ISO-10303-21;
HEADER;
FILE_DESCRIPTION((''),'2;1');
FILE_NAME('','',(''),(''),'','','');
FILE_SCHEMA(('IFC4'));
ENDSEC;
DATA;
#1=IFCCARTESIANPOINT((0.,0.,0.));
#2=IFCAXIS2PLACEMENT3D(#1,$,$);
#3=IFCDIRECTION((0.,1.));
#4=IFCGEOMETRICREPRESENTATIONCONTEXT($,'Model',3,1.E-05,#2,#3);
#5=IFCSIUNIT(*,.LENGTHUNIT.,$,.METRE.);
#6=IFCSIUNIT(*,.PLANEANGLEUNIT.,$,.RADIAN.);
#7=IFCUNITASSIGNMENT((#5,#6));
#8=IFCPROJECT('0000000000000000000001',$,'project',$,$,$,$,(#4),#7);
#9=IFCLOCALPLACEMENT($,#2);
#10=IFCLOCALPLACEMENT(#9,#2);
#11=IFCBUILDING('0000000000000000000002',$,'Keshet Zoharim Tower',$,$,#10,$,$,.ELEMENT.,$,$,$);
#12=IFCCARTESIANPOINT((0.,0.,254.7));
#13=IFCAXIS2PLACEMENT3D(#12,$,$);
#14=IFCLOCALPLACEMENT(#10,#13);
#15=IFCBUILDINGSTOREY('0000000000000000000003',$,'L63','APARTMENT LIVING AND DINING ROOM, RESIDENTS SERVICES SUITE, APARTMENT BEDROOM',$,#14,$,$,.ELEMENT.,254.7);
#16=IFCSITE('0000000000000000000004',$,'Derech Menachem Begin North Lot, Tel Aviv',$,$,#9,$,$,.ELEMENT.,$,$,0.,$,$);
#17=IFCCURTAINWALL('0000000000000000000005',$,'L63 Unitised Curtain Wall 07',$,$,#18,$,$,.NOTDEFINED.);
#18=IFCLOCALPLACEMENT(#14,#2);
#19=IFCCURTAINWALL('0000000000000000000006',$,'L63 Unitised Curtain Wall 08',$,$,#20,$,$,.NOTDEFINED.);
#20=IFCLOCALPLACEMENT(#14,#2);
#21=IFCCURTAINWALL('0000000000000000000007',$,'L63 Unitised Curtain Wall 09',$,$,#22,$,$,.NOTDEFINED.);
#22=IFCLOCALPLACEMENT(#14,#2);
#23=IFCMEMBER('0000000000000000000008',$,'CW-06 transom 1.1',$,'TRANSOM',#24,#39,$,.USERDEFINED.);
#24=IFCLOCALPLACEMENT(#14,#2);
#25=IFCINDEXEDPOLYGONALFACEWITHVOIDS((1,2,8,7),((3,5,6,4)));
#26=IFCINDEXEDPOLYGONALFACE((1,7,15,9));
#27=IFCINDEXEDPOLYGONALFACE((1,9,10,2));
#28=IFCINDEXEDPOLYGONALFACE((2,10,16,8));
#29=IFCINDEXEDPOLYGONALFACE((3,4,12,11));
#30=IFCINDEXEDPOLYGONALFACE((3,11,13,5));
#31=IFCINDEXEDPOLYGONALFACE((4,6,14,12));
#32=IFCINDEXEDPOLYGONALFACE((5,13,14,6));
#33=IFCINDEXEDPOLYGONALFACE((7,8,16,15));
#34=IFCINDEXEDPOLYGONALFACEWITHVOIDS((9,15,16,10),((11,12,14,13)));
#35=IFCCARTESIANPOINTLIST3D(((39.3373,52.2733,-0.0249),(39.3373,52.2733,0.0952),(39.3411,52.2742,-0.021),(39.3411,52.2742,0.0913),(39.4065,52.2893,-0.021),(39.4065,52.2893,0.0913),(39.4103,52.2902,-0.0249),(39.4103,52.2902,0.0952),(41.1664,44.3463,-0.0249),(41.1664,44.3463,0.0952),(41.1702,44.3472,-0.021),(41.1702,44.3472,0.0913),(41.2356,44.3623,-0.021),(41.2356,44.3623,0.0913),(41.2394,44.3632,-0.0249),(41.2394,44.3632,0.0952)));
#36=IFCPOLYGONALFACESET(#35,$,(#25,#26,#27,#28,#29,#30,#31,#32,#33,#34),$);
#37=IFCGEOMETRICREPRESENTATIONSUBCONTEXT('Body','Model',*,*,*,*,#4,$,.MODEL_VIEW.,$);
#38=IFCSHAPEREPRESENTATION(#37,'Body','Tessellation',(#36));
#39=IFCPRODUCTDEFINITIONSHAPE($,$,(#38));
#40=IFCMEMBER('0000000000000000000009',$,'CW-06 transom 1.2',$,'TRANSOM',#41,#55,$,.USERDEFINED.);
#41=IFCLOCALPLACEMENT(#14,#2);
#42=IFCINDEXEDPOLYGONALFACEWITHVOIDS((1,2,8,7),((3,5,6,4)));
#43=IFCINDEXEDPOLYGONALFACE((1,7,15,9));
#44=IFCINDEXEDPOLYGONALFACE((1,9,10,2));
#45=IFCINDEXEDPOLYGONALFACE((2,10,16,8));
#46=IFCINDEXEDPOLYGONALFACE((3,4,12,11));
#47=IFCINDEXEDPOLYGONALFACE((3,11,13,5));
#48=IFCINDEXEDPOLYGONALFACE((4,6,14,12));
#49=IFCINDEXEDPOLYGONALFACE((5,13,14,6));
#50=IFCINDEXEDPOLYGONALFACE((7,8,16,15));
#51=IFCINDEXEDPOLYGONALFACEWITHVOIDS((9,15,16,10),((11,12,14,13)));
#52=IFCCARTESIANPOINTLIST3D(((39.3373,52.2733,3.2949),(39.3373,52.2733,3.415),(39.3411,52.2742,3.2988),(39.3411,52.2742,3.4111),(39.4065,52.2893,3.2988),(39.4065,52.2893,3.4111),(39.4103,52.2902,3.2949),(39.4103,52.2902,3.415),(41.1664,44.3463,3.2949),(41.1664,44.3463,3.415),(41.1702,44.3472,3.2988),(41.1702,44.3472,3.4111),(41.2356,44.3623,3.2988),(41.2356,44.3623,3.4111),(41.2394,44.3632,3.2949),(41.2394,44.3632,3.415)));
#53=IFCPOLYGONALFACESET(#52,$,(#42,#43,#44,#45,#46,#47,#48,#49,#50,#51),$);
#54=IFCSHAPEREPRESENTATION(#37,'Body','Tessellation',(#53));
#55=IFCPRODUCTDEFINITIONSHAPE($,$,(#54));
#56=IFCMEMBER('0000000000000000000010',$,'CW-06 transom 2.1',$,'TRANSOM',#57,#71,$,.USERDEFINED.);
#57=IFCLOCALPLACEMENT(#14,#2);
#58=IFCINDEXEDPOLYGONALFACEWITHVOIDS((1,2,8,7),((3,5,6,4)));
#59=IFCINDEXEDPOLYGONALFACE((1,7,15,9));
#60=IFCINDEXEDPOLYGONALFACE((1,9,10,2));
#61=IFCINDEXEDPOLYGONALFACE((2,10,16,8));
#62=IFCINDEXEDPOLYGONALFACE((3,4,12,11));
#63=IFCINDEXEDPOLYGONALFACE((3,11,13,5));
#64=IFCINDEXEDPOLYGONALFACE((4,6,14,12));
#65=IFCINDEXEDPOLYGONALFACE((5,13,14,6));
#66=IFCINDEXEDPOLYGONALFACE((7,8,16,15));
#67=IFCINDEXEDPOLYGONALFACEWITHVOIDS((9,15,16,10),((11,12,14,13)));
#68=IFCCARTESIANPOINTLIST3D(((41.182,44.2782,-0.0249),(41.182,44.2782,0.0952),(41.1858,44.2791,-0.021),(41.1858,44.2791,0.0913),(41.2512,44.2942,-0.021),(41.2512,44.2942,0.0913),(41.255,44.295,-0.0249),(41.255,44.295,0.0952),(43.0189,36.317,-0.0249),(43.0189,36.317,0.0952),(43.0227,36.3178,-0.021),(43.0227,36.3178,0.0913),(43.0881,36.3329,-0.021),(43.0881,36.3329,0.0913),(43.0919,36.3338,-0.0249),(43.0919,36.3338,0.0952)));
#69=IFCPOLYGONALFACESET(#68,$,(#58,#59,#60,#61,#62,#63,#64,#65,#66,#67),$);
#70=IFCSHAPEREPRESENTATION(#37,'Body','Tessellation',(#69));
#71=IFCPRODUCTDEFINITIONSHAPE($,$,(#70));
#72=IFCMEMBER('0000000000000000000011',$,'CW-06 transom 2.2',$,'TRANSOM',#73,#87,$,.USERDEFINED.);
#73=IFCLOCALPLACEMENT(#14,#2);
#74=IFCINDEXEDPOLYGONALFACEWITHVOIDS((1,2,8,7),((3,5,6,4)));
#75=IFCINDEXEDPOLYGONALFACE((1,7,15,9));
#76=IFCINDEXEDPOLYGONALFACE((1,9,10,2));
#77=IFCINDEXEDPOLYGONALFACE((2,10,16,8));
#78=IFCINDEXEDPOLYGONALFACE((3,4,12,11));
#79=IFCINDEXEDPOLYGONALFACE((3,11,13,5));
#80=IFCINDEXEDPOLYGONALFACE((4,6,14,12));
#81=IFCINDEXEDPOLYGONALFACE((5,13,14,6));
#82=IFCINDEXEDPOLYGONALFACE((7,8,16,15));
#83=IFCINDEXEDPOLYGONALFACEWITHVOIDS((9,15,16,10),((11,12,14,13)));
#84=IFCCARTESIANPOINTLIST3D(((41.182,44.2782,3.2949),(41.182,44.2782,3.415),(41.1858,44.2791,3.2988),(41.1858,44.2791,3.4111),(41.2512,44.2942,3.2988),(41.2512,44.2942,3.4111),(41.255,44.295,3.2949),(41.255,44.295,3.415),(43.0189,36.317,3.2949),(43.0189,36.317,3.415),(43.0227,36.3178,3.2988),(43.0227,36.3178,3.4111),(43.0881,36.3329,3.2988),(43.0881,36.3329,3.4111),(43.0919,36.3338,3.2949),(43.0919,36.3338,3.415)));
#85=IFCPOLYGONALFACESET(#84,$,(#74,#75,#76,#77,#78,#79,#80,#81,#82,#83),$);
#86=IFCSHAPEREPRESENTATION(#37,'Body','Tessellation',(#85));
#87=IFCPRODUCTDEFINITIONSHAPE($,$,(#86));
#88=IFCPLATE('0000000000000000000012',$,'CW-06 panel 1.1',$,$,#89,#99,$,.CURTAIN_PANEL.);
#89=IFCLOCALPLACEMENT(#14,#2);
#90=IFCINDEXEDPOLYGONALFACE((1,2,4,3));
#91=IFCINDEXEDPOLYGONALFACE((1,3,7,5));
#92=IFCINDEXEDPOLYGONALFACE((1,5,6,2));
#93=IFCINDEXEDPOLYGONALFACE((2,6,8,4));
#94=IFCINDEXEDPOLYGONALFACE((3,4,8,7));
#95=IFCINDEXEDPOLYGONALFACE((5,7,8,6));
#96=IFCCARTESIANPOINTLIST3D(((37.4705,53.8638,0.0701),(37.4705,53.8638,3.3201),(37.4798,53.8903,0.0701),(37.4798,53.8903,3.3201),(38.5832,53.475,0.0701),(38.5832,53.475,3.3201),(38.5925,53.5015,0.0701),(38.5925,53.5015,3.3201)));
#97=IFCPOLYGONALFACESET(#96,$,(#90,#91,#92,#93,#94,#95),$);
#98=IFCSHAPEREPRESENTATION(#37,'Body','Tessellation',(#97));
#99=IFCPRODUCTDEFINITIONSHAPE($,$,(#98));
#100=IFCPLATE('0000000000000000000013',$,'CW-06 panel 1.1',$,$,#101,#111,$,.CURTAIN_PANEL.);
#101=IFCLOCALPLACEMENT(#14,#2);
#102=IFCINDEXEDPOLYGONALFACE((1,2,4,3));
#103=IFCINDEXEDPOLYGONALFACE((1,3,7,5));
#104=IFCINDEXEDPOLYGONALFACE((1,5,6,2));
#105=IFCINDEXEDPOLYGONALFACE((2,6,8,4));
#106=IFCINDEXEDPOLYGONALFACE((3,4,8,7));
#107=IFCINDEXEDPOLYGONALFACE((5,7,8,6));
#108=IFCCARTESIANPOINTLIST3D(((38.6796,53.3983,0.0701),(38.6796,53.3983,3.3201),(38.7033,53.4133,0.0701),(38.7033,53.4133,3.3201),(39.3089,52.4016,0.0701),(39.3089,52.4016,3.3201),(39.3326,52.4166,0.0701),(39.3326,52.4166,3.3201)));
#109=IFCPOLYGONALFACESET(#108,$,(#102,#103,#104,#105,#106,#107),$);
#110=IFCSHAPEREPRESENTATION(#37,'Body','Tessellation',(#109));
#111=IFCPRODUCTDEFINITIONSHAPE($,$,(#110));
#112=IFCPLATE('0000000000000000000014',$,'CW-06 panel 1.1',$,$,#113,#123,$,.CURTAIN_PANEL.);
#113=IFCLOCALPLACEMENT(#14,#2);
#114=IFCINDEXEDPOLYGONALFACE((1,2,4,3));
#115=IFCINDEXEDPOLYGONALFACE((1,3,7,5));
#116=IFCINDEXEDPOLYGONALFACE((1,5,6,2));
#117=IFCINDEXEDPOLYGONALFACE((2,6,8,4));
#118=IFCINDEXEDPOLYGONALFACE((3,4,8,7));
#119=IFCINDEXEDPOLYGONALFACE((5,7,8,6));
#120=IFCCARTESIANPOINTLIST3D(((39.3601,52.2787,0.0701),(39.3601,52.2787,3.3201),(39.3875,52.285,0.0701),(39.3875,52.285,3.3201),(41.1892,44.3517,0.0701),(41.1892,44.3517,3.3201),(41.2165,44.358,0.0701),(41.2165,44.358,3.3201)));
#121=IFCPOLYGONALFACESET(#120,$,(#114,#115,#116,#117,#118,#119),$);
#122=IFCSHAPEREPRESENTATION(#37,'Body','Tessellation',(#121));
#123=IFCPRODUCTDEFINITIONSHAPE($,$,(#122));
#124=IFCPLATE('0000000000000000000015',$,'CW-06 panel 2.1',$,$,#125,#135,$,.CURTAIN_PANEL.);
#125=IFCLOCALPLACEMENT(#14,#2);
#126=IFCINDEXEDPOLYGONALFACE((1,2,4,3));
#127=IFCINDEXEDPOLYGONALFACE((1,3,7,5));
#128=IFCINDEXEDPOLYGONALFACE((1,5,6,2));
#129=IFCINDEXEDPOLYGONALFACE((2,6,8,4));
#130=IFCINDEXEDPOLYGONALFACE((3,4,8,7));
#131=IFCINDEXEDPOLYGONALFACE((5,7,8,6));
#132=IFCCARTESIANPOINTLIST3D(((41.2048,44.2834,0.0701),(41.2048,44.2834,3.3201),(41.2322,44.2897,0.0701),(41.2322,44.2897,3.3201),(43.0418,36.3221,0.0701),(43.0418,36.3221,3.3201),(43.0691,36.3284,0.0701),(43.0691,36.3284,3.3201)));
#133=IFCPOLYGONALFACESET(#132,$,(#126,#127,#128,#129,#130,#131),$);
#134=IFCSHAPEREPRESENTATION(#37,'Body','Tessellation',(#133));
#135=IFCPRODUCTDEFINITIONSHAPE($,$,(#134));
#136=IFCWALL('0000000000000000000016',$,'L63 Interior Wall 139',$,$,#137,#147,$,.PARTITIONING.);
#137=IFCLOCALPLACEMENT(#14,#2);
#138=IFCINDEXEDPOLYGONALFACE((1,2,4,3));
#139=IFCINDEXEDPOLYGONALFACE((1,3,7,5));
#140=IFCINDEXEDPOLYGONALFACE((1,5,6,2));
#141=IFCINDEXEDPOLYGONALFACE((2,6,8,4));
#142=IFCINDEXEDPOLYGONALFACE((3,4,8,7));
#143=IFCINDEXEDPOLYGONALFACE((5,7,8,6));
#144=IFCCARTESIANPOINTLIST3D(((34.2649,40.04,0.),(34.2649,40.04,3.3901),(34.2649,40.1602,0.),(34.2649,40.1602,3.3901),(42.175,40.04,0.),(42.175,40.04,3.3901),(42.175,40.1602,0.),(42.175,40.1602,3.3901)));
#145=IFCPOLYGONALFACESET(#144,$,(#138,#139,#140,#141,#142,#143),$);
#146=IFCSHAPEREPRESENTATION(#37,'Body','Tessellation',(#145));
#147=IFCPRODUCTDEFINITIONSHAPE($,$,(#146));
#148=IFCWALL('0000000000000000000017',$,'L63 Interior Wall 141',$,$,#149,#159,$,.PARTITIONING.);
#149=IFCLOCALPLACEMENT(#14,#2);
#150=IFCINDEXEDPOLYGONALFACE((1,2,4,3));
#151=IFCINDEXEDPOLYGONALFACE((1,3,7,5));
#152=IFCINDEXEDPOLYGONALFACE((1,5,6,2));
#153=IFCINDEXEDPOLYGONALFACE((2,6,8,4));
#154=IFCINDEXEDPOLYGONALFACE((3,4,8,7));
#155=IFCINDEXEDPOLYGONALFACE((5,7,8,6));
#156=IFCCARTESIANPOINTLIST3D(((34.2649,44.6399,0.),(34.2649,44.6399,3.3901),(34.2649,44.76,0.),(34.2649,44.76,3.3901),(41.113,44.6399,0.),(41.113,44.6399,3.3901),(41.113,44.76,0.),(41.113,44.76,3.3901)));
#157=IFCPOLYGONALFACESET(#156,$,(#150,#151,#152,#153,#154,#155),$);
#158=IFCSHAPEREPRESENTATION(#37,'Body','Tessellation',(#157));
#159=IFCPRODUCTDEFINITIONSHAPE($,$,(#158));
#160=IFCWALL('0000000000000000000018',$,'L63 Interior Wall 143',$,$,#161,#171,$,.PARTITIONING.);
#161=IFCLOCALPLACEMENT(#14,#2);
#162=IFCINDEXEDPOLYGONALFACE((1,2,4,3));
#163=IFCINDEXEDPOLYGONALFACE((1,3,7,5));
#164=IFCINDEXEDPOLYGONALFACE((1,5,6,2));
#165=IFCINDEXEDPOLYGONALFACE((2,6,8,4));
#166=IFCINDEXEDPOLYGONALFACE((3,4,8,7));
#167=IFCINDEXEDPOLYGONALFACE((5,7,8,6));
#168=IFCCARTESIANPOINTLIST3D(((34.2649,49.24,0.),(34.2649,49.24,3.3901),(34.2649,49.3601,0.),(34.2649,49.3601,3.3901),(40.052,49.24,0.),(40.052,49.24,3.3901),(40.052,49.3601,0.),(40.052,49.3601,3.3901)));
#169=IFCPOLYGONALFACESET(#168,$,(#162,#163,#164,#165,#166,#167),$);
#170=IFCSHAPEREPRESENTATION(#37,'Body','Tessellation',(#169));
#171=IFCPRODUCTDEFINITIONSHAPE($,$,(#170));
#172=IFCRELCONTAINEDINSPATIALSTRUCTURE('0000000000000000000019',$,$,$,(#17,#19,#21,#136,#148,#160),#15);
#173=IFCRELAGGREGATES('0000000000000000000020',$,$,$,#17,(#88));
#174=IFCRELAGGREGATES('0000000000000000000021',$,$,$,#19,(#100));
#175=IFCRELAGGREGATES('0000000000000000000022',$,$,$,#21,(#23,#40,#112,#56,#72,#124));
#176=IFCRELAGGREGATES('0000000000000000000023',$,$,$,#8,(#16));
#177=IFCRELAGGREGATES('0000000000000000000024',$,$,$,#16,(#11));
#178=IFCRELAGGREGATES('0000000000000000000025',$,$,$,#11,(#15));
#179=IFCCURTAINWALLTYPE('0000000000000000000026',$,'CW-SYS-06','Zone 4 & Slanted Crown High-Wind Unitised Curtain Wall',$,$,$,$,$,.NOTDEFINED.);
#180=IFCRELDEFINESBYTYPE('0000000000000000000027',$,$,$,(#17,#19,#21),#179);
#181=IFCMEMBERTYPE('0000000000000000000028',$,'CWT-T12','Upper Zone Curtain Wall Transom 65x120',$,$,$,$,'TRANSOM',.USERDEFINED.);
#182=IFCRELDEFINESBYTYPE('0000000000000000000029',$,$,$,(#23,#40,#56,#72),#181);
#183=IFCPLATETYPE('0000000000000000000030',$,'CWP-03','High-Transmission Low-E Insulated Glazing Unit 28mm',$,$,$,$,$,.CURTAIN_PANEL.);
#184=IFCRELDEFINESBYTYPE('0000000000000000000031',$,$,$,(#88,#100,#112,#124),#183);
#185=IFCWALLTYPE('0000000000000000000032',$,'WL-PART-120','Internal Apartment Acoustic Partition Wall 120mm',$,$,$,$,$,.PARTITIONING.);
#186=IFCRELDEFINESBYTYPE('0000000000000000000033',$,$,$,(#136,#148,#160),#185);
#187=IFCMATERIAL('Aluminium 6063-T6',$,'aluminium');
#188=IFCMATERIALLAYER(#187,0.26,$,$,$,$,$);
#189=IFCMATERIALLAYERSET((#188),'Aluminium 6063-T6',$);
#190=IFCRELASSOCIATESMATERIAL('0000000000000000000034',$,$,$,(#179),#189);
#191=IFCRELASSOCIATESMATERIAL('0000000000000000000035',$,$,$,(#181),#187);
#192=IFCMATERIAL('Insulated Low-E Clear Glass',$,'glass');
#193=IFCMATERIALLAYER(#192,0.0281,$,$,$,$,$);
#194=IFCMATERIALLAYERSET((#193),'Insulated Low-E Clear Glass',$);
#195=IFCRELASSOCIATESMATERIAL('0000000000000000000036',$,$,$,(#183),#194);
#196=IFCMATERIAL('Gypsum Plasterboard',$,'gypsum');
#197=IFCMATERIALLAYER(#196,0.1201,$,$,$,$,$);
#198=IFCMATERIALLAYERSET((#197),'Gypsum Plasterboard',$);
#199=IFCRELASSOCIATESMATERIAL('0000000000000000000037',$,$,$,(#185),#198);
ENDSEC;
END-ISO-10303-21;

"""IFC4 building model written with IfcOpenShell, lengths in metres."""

from ifc_helpers import new_model, si_unit, direction, frame, frame_2d, origin, origin_2d, place, context, subcontext, project, spatial, rectangle, hollow_rectangle, extrude, material, layer, layer_set, material_profile, profile_set, type_object, element, aggregate, save


model = new_model("IFC4")

# Units and contexts
model_context = context("Model", 3, precision=1e-05, world=origin(), true_north=direction((0.0, 1.0)))
body_context = subcontext(model_context, "Body", "Model", "MODEL_VIEW")
ifc_project = project(units=[si_unit("LENGTHUNIT", "METRE"), si_unit("PLANEANGLEUNIT", "RADIAN")], contexts=[model_context])

# Site, building, storey
site_placement = place(None, origin())
site = spatial("IfcSite", under=ifc_project, at=site_placement, Name="Derech Menachem Begin North Lot, Tel Aviv", CompositionType="ELEMENT", RefElevation=0.0)
building_placement = place(site_placement, origin())
building = spatial("IfcBuilding", under=site, at=building_placement, Name="Keshet Zoharim Tower", CompositionType="ELEMENT")
storey_placement = place(building_placement, frame((0.0, 0.0, 254.7)))
storey = spatial("IfcBuildingStorey", under=building, at=storey_placement, Name="L63", Description="APARTMENT LIVING AND DINING ROOM, RESIDENTS SERVICES SUITE, APARTMENT BEDROOM", CompositionType="ELEMENT", Elevation=254.7)

# Shared definitions
ifc_material_1 = material(Name="Aluminium 6063-T6", Category="aluminium")
ifc_layer_1 = layer(ifc_material_1, 0.26)
ifc_layer_set_1 = layer_set([ifc_layer_1], Name="Aluminium 6063-T6")
curtain_wall_type = type_object("IfcCurtainWallType", Name="CW-SYS-06", Description="Zone 4 & Slanted Crown High-Wind Unitised Curtain Wall", PredefinedType="NOTDEFINED", material=ifc_layer_set_1)

# Curtain walls
curtain_wall_1_placement = place(storey_placement, origin())
curtain_wall_1 = element("IfcCurtainWall", 1, at=curtain_wall_1_placement, inside=storey, type_object=curtain_wall_type, Name="L63 Unitised Curtain Wall 07", PredefinedType="NOTDEFINED")
curtain_wall_2_placement = place(storey_placement, origin())
curtain_wall_2 = element("IfcCurtainWall", 2, at=curtain_wall_2_placement, inside=storey, type_object=curtain_wall_type, Name="L63 Unitised Curtain Wall 08", PredefinedType="NOTDEFINED")
curtain_wall_3_placement = place(storey_placement, origin())
curtain_wall_3 = element("IfcCurtainWall", 3, at=curtain_wall_3_placement, inside=storey, type_object=curtain_wall_type, Name="L63 Unitised Curtain Wall 09", PredefinedType="NOTDEFINED")

# Members
ifc_material_profile_1 = material_profile(ifc_material_1, hollow_rectangle(XDim=0.075, YDim=0.1201, WallThickness=0.0039, at=origin_2d()), Name="TRN-75x120")
ifc_profile_set_1 = profile_set([ifc_material_profile_1], Name="Aluminium 6063-T6")
member_type_1 = type_object("IfcMemberType", Name="CWT-T12", Description="Upper Zone Curtain Wall Transom 65x120", ElementType="TRANSOM", PredefinedType="USERDEFINED", material=ifc_profile_set_1)
member_1_placement = place(storey_placement, frame((39.3738, 52.2817, 0.0352), z_axis=(0.224835, -0.974397, 0.0), x_axis=(0.974397, 0.224835, 0.0)))
member_1 = element("IfcMember", 4, at=member_1_placement, type_object=member_type_1, Name="CW-06 transom 1.1", ObjectType="TRANSOM", PredefinedType="USERDEFINED", context=body_context, shape_type="SweptSolid", body=[
    extrude(hollow_rectangle(XDim=0.075, YDim=0.1201, WallThickness=0.0039, at=origin_2d()), origin(), (0.0, 0.0, 1.0), 8.1353),
])
member_2_placement = place(storey_placement, frame((39.3738, 52.2817, 3.355), z_axis=(0.224835, -0.974397, 0.0), x_axis=(0.974397, 0.224835, 0.0)))
member_2 = element("IfcMember", 5, at=member_2_placement, type_object=member_type_1, Name="CW-06 transom 1.2", ObjectType="TRANSOM", PredefinedType="USERDEFINED", context=body_context, shape_type="SweptSolid", body=[
    extrude(hollow_rectangle(XDim=0.075, YDim=0.1201, WallThickness=0.0039, at=origin_2d()), origin(), (0.0, 0.0, 1.0), 8.1353),
])
member_3_placement = place(storey_placement, frame((41.2185, 44.2866, 0.0352), z_axis=(0.224827, -0.974399, 0.0), x_axis=(0.974399, 0.224827, 0.0)))
member_3 = element("IfcMember", 6, at=member_3_placement, type_object=member_type_1, Name="CW-06 transom 2.1", ObjectType="TRANSOM", PredefinedType="USERDEFINED", context=body_context, shape_type="SweptSolid", body=[
    extrude(hollow_rectangle(XDim=0.075, YDim=0.1201, WallThickness=0.0039, at=origin_2d()), origin(), (0.0, 0.0, 1.0), 8.1704),
])
member_4_placement = place(storey_placement, frame((41.2185, 44.2866, 3.355), z_axis=(0.224827, -0.974399, 0.0), x_axis=(0.974399, 0.224827, 0.0)))
member_4 = element("IfcMember", 7, at=member_4_placement, type_object=member_type_1, Name="CW-06 transom 2.2", ObjectType="TRANSOM", PredefinedType="USERDEFINED", context=body_context, shape_type="SweptSolid", body=[
    extrude(hollow_rectangle(XDim=0.075, YDim=0.1201, WallThickness=0.0039, at=origin_2d()), origin(), (0.0, 0.0, 1.0), 8.1704),
])

# Plates
ifc_material_2 = material(Name="Insulated Low-E Clear Glass", Category="glass")
ifc_layer_2 = layer(ifc_material_2, 0.0281)
ifc_layer_set_2 = layer_set([ifc_layer_2], Name="Insulated Low-E Clear Glass")
plate_type = type_object("IfcPlateType", Name="CWP-03", Description="High-Transmission Low-E Insulated Glazing Unit 28mm", PredefinedType="CURTAIN_PANEL", material=ifc_layer_set_2)
plate_1_placement = place(storey_placement, frame((38.0315, 53.6826, 0.0701), z_axis=(0.0, 0.0, 1.0), x_axis=(0.944036, -0.329844, 0.0)))
plate_1 = element("IfcPlate", 8, at=plate_1_placement, type_object=plate_type, Name="CW-06 panel 1.1", PredefinedType="CURTAIN_PANEL", context=body_context, shape_type="SweptSolid", body=[
    extrude(rectangle(XDim=1.1787, YDim=0.0281, at=origin_2d()), origin(), (0.0, 0.0, 1.0), 3.25),
])
aggregate(curtain_wall_1, [plate_1])
plate_2_placement = place(storey_placement, frame((39.0061, 52.9075, 0.0701), z_axis=(0.0, 0.0, 1.0), x_axis=(0.533879, -0.845561, 0.0)))
plate_2 = element("IfcPlate", 9, at=plate_2_placement, type_object=plate_type, Name="CW-06 panel 1.1", PredefinedType="CURTAIN_PANEL", context=body_context, shape_type="SweptSolid", body=[
    extrude(rectangle(XDim=1.1787, YDim=0.0281, at=origin_2d()), origin(), (0.0, 0.0, 1.0), 3.25),
])
aggregate(curtain_wall_2, [plate_2])
plate_3_placement = place(storey_placement, frame((40.2883, 48.3184, 0.0701), z_axis=(0.0, 0.0, 1.0), x_axis=(0.22483, -0.974398, 0.0)))
plate_3 = element("IfcPlate", 10, at=plate_3_placement, type_object=plate_type, Name="CW-06 panel 1.1", PredefinedType="CURTAIN_PANEL", context=body_context, shape_type="SweptSolid", body=[
    extrude(rectangle(XDim=8.1353, YDim=0.0281, at=origin_2d()), origin(), (0.0, 0.0, 1.0), 3.25),
])
plate_4_placement = place(storey_placement, frame((42.137, 40.3059, 0.0701), z_axis=(0.0, 0.0, 1.0), x_axis=(0.22483, -0.974398, 0.0)))
plate_4 = element("IfcPlate", 11, at=plate_4_placement, type_object=plate_type, Name="CW-06 panel 2.1", PredefinedType="CURTAIN_PANEL", context=body_context, shape_type="SweptSolid", body=[
    extrude(rectangle(XDim=8.1704, YDim=0.0281, at=origin_2d()), origin(), (0.0, 0.0, 1.0), 3.25),
])
aggregate(curtain_wall_3, [member_1, member_2, plate_3, member_3, member_4, plate_4])

# Walls
ifc_material_3 = material(Name="Gypsum Plasterboard", Category="gypsum")
ifc_layer_3 = layer(ifc_material_3, 0.1201)
ifc_layer_set_3 = layer_set([ifc_layer_3], Name="Gypsum Plasterboard")
wall_type = type_object("IfcWallType", Name="WL-PART-120", Description="Internal Apartment Acoustic Partition Wall 120mm", PredefinedType="PARTITIONING", material=ifc_layer_set_3)
wall_1_placement = place(storey_placement, frame((34.2649, 40.1001, 0.0), z_axis=(0.0, 0.0, 1.0), x_axis=(1.0, 0.0, 0.0)))
element("IfcWall", 12, at=wall_1_placement, inside=storey, type_object=wall_type, Name="L63 Interior Wall 139", PredefinedType="PARTITIONING", context=body_context, shape_type="SweptSolid", body=[
    extrude(rectangle(XDim=7.9102, YDim=0.1201, at=frame_2d((3.9551, 0.0))), origin(), (0.0, 0.0, 1.0), 3.3901),
])
wall_2_placement = place(storey_placement, frame((34.2649, 44.7, 0.0), z_axis=(0.0, 0.0, 1.0), x_axis=(1.0, 0.0, 0.0)))
element("IfcWall", 13, at=wall_2_placement, inside=storey, type_object=wall_type, Name="L63 Interior Wall 141", PredefinedType="PARTITIONING", context=body_context, shape_type="SweptSolid", body=[
    extrude(rectangle(XDim=6.8481, YDim=0.1201, at=frame_2d((3.4241, 0.0))), origin(), (0.0, 0.0, 1.0), 3.3901),
])
wall_3_placement = place(storey_placement, frame((34.2649, 49.3, 0.0), z_axis=(0.0, 0.0, 1.0), x_axis=(1.0, 0.0, 0.0)))
element("IfcWall", 14, at=wall_3_placement, inside=storey, type_object=wall_type, Name="L63 Interior Wall 143", PredefinedType="PARTITIONING", context=body_context, shape_type="SweptSolid", body=[
    extrude(rectangle(XDim=5.7871, YDim=0.1201, at=frame_2d((2.8936, 0.0))), origin(), (0.0, 0.0, 1.0), 3.3901),
])

save(model, "model.ifc")
